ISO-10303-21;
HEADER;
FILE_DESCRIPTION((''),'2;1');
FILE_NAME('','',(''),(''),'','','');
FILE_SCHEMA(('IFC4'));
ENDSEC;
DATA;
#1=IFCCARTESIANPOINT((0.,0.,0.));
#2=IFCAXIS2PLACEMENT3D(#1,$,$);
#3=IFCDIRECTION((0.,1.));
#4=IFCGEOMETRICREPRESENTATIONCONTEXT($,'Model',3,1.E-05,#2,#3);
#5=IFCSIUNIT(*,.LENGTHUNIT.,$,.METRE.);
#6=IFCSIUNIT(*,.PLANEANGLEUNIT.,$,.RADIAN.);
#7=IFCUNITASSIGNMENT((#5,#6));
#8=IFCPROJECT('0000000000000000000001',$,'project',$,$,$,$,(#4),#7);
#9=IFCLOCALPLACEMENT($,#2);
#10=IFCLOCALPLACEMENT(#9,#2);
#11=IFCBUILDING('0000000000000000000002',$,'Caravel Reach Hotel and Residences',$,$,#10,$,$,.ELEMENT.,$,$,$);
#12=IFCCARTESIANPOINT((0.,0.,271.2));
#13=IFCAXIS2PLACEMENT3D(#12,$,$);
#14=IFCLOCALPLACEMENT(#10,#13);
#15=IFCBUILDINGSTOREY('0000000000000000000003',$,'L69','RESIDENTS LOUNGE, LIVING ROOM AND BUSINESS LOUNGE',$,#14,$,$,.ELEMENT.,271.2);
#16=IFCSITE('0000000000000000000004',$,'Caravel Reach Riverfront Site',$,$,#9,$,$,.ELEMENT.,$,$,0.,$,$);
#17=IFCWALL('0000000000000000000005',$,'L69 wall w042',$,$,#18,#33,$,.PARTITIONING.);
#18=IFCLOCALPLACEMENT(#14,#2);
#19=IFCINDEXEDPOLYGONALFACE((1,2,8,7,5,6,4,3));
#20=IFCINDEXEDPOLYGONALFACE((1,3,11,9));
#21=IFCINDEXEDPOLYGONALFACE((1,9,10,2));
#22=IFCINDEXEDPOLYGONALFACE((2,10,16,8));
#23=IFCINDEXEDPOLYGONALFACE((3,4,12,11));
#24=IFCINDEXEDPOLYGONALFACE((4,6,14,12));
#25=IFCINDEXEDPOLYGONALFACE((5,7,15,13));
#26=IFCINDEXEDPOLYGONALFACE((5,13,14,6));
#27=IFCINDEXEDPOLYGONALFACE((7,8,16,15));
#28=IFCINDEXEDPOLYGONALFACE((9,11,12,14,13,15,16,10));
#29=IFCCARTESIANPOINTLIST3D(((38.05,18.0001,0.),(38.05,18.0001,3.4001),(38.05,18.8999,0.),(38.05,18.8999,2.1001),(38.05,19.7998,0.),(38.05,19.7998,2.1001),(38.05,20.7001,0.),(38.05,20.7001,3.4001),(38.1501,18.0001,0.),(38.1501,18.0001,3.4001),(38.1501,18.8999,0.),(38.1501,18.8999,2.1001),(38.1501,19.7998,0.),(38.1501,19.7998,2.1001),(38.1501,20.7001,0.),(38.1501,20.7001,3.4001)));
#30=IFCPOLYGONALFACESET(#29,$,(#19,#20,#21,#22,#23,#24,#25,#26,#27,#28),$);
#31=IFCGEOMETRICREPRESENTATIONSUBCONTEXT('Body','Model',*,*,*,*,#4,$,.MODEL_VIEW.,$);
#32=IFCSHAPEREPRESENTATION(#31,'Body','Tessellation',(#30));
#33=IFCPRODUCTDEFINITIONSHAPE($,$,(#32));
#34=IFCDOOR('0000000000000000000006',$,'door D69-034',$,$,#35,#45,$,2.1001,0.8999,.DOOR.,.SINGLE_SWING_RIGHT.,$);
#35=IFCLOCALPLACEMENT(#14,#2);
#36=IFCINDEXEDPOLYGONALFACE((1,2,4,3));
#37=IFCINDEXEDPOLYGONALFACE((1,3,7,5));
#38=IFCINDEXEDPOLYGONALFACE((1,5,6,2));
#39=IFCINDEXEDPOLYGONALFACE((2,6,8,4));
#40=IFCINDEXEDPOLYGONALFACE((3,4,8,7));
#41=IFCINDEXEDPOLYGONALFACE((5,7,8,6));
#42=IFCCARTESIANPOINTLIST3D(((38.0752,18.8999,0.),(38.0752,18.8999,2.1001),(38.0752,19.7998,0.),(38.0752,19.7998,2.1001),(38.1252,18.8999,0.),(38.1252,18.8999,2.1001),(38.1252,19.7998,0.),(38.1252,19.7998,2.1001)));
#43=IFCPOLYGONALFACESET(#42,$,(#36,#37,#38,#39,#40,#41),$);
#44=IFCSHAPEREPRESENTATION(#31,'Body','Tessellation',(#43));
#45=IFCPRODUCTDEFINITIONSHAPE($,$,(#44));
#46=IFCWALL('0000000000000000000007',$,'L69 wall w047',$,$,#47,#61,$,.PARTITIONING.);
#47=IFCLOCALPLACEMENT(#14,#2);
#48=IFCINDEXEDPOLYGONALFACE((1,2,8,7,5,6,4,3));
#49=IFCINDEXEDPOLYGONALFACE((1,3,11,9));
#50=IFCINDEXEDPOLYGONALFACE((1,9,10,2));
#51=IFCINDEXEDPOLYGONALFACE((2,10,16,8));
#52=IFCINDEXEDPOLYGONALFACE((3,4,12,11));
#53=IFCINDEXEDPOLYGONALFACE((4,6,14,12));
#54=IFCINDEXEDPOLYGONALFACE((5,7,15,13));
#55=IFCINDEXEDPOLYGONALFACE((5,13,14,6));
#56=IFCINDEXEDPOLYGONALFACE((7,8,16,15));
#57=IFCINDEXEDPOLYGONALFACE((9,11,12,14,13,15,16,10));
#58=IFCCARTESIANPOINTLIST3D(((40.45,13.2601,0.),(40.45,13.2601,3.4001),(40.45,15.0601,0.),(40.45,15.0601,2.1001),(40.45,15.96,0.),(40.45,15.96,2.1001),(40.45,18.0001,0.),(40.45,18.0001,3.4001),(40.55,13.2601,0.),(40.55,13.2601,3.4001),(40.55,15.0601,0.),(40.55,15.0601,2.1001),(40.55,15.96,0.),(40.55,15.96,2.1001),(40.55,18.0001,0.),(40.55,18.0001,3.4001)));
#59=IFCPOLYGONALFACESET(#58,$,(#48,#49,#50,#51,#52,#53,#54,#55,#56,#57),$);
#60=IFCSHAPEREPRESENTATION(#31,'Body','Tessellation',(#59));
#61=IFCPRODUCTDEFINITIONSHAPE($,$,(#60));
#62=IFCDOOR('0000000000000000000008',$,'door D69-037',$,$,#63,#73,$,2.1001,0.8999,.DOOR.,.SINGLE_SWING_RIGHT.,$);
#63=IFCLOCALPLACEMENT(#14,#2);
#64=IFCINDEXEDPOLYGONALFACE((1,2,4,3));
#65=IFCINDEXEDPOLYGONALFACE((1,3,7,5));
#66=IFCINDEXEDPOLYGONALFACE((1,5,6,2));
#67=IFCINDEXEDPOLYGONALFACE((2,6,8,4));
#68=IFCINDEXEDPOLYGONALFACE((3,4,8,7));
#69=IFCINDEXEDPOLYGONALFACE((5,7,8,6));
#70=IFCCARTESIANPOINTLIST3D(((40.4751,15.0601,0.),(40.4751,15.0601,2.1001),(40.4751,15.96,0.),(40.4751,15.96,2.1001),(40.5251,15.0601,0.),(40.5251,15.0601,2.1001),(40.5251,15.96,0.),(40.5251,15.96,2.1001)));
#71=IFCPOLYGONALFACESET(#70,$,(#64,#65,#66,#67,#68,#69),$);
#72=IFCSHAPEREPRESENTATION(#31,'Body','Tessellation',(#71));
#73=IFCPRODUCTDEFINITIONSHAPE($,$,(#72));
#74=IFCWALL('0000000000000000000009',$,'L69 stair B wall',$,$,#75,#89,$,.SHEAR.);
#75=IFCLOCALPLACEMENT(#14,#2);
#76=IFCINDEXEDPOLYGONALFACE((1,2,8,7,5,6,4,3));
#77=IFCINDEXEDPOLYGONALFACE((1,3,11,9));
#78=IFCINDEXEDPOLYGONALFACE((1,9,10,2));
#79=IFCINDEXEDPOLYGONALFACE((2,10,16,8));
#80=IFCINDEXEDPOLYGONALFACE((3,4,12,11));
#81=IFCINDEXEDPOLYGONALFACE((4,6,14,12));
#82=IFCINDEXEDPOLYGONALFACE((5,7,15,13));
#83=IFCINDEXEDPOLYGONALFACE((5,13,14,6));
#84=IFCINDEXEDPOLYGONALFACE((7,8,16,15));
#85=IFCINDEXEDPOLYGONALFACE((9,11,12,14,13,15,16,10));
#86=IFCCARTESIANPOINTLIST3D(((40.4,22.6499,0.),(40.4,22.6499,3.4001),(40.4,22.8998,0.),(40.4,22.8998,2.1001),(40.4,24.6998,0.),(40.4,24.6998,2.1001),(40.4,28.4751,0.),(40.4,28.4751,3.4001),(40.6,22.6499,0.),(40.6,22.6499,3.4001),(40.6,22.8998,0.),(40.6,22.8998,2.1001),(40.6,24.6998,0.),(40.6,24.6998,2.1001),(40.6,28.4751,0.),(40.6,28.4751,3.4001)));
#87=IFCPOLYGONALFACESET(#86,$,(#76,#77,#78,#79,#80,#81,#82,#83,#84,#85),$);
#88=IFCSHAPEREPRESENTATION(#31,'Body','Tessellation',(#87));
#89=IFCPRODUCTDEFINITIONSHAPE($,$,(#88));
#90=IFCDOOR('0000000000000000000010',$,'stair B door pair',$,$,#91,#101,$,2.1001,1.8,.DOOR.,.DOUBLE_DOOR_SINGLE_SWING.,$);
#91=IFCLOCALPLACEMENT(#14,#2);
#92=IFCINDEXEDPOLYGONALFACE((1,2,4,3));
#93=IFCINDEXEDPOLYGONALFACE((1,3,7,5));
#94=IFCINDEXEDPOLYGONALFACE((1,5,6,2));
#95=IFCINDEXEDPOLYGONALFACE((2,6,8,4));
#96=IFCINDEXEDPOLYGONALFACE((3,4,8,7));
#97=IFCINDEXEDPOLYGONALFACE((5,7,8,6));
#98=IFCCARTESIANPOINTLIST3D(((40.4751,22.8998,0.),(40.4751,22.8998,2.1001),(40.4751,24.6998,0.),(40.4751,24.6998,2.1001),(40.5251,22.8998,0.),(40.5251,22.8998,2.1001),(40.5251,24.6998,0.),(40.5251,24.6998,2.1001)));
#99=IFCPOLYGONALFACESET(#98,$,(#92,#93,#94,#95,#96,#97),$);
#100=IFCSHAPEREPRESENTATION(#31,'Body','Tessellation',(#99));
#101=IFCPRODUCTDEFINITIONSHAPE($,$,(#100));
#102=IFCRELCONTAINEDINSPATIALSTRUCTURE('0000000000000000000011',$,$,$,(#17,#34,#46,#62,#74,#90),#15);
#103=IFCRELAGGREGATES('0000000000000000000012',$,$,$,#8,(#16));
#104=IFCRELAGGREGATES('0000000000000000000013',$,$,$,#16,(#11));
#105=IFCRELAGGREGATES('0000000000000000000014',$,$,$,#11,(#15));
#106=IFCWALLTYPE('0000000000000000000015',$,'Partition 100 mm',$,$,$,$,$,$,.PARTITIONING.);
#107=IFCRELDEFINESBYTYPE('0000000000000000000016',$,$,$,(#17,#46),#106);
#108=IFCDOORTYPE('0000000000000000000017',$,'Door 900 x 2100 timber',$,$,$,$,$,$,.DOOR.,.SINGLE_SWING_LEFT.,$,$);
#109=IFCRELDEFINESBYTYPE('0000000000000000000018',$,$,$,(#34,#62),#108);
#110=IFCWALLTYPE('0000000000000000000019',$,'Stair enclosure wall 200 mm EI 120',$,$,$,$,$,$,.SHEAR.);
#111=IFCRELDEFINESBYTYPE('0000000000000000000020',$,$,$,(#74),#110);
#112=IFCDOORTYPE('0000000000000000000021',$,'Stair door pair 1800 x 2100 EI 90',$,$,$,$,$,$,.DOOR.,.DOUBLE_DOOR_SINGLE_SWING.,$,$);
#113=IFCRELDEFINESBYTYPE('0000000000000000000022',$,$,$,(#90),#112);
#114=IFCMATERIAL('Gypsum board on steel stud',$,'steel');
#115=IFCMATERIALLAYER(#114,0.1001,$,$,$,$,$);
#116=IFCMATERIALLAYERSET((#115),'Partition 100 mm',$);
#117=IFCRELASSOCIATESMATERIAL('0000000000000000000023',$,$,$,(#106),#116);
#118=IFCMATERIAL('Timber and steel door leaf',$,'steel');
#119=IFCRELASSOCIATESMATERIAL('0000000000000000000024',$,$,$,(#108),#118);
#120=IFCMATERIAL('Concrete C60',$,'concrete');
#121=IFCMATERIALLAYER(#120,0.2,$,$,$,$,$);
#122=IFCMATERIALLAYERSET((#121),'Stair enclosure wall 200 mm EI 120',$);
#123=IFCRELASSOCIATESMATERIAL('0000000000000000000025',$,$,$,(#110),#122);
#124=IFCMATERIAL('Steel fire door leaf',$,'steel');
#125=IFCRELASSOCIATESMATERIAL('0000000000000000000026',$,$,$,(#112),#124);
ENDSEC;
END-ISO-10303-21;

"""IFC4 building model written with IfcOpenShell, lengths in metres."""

from ifc_helpers import new_model, si_unit, direction, frame, frame_2d, origin, place, context, subcontext, project, spatial, rectangle, extrude, material, layer, layer_set, type_object, element, fill, save


model = new_model("IFC4")

# Units and contexts
model_context = context("Model", 3, precision=1e-05, world=origin(), true_north=direction((0.0, 1.0)))
body_context = subcontext(model_context, "Body", "Model", "MODEL_VIEW")
ifc_project = project(units=[si_unit("LENGTHUNIT", "METRE"), si_unit("PLANEANGLEUNIT", "RADIAN")], contexts=[model_context])

# Site, building, storey
site_placement = place(None, origin())
site = spatial("IfcSite", under=ifc_project, at=site_placement, Name="Caravel Reach Riverfront Site", CompositionType="ELEMENT", RefElevation=0.0)
building_placement = place(site_placement, origin())
building = spatial("IfcBuilding", under=site, at=building_placement, Name="Caravel Reach Hotel and Residences", CompositionType="ELEMENT")
storey_placement = place(building_placement, frame((0.0, 0.0, 271.2)))
storey = spatial("IfcBuildingStorey", under=building, at=storey_placement, Name="L69", Description="RESIDENTS LOUNGE, LIVING ROOM AND BUSINESS LOUNGE", CompositionType="ELEMENT", Elevation=271.2)

# Shared definitions
ifc_material_1 = material(Name="Gypsum board on steel stud", Category="steel")
ifc_layer_1 = layer(ifc_material_1, 0.1001)
ifc_layer_set_1 = layer_set([ifc_layer_1], Name="Partition 100 mm")
wall_type_1 = type_object("IfcWallType", Name="Partition 100 mm", PredefinedType="PARTITIONING", material=ifc_layer_set_1)

# Walls, openings, doors
ifc_material_2 = material(Name="Timber and steel door leaf", Category="steel")
door_type_1 = type_object("IfcDoorType", Name="Door 900 x 2100 timber", OperationType="SINGLE_SWING_LEFT", PredefinedType="DOOR", material=ifc_material_2)
wall_1_placement = place(storey_placement, frame((38.1001, 18.0, 0.0), z_axis=(0.0, 0.0, 1.0), x_axis=(0.0, 1.0, 0.0)))
wall_1 = element("IfcWall", 1, at=wall_1_placement, inside=storey, type_object=wall_type_1, Name="L69 wall w042", PredefinedType="PARTITIONING", context=body_context, shape_type="SweptSolid", body=[
    extrude(rectangle(XDim=2.7, YDim=0.1001, at=frame_2d((1.3501, 0.0))), origin(), (0.0, 0.0, 1.0), 3.4001),
])
opening_1_placement = place(wall_1_placement, frame((0.8999, 0.0, 0.0)))
opening_1 = element("IfcOpeningElement", 2, at=opening_1_placement, cuts=wall_1, PredefinedType="OPENING", context=body_context, shape_type="SweptSolid", body=[
    extrude(rectangle(XDim=0.8999, YDim=2.1001, at=frame_2d((0.45, 1.05))), frame((0.0, 0.0601, 0.0), z_axis=(0.0, -1.0, 0.0), x_axis=(1.0, 0.0, 0.0)), (0.0, 0.0, 1.0), 0.1201),
])
door_1_placement = place(opening_1_placement, origin())
door_1 = element("IfcDoor", 3, at=door_1_placement, inside=storey, type_object=door_type_1, Name="door D69-034", OperationType="SINGLE_SWING_RIGHT", OverallHeight=2.1001, OverallWidth=0.8999, PredefinedType="DOOR", context=body_context, shape_type="SweptSolid", body=[
    extrude(rectangle(XDim=0.8999, YDim=2.1001, at=frame_2d((0.45, 1.05))), frame((0.0, 0.0249, 0.0), z_axis=(0.0, -1.0, 0.0), x_axis=(1.0, 0.0, 0.0)), (0.0, 0.0, 1.0), 0.05),
])
fill(opening_1, door_1)
wall_2_placement = place(storey_placement, frame((40.5, 13.26, 0.0), z_axis=(0.0, 0.0, 1.0), x_axis=(0.0, 1.0, 0.0)))
wall_2 = element("IfcWall", 4, at=wall_2_placement, inside=storey, type_object=wall_type_1, Name="L69 wall w047", PredefinedType="PARTITIONING", context=body_context, shape_type="SweptSolid", body=[
    extrude(rectangle(XDim=4.74, YDim=0.1001, at=frame_2d((2.3701, 0.0))), origin(), (0.0, 0.0, 1.0), 3.4001),
])
opening_2_placement = place(wall_2_placement, frame((1.8, 0.0, 0.0)))
opening_2 = element("IfcOpeningElement", 5, at=opening_2_placement, cuts=wall_2, PredefinedType="OPENING", context=body_context, shape_type="SweptSolid", body=[
    extrude(rectangle(XDim=0.8999, YDim=2.1001, at=frame_2d((0.45, 1.05))), frame((0.0, 0.0601, 0.0), z_axis=(0.0, -1.0, 0.0), x_axis=(1.0, 0.0, 0.0)), (0.0, 0.0, 1.0), 0.1201),
])
door_2_placement = place(opening_2_placement, origin())
door_2 = element("IfcDoor", 6, at=door_2_placement, inside=storey, type_object=door_type_1, Name="door D69-037", OperationType="SINGLE_SWING_RIGHT", OverallHeight=2.1001, OverallWidth=0.8999, PredefinedType="DOOR", context=body_context, shape_type="SweptSolid", body=[
    extrude(rectangle(XDim=0.8999, YDim=2.1001, at=frame_2d((0.45, 1.05))), frame((0.0, 0.0249, 0.0), z_axis=(0.0, -1.0, 0.0), x_axis=(1.0, 0.0, 0.0)), (0.0, 0.0, 1.0), 0.05),
])
fill(opening_2, door_2)
ifc_material_3 = material(Name="Concrete C60", Category="concrete")
ifc_layer_2 = layer(ifc_material_3, 0.2)
ifc_layer_set_2 = layer_set([ifc_layer_2], Name="Stair enclosure wall 200 mm EI 120")
wall_type_2 = type_object("IfcWallType", Name="Stair enclosure wall 200 mm EI 120", PredefinedType="SHEAR", material=ifc_layer_set_2)
wall_3_placement = place(storey_placement, frame((40.5, 22.6499, 0.0), z_axis=(0.0, 0.0, 1.0), x_axis=(0.0, 1.0, 0.0)))
wall_3 = element("IfcWall", 7, at=wall_3_placement, inside=storey, type_object=wall_type_2, Name="L69 stair B wall", PredefinedType="SHEAR", context=body_context, shape_type="SweptSolid", body=[
    extrude(rectangle(XDim=5.8252, YDim=0.2, at=frame_2d((2.9126, 0.0))), origin(), (0.0, 0.0, 1.0), 3.4001),
])
opening_3_placement = place(wall_3_placement, frame((0.25, 0.0, 0.0)))
opening_3 = element("IfcOpeningElement", 8, at=opening_3_placement, cuts=wall_3, PredefinedType="OPENING", context=body_context, shape_type="SweptSolid", body=[
    extrude(rectangle(XDim=1.8, YDim=2.1001, at=frame_2d((0.8999, 1.05))), frame((0.0, 0.1099, 0.0), z_axis=(0.0, -1.0, 0.0), x_axis=(1.0, 0.0, 0.0)), (0.0, 0.0, 1.0), 0.22),
])
ifc_material_4 = material(Name="Steel fire door leaf", Category="steel")
door_type_2 = type_object("IfcDoorType", Name="Stair door pair 1800 x 2100 EI 90", OperationType="DOUBLE_DOOR_SINGLE_SWING", PredefinedType="DOOR", material=ifc_material_4)
door_3_placement = place(opening_3_placement, origin())
door_3 = element("IfcDoor", 9, at=door_3_placement, inside=storey, type_object=door_type_2, Name="stair B door pair", OperationType="DOUBLE_DOOR_SINGLE_SWING", OverallHeight=2.1001, OverallWidth=1.8, PredefinedType="DOOR", context=body_context, shape_type="SweptSolid", body=[
    extrude(rectangle(XDim=1.8, YDim=2.1001, at=frame_2d((0.8999, 1.05))), frame((0.0, 0.0249, 0.0), z_axis=(0.0, -1.0, 0.0), x_axis=(1.0, 0.0, 0.0)), (0.0, 0.0, 1.0), 0.05),
])
fill(opening_3, door_3)

save(model, "model.ifc")
